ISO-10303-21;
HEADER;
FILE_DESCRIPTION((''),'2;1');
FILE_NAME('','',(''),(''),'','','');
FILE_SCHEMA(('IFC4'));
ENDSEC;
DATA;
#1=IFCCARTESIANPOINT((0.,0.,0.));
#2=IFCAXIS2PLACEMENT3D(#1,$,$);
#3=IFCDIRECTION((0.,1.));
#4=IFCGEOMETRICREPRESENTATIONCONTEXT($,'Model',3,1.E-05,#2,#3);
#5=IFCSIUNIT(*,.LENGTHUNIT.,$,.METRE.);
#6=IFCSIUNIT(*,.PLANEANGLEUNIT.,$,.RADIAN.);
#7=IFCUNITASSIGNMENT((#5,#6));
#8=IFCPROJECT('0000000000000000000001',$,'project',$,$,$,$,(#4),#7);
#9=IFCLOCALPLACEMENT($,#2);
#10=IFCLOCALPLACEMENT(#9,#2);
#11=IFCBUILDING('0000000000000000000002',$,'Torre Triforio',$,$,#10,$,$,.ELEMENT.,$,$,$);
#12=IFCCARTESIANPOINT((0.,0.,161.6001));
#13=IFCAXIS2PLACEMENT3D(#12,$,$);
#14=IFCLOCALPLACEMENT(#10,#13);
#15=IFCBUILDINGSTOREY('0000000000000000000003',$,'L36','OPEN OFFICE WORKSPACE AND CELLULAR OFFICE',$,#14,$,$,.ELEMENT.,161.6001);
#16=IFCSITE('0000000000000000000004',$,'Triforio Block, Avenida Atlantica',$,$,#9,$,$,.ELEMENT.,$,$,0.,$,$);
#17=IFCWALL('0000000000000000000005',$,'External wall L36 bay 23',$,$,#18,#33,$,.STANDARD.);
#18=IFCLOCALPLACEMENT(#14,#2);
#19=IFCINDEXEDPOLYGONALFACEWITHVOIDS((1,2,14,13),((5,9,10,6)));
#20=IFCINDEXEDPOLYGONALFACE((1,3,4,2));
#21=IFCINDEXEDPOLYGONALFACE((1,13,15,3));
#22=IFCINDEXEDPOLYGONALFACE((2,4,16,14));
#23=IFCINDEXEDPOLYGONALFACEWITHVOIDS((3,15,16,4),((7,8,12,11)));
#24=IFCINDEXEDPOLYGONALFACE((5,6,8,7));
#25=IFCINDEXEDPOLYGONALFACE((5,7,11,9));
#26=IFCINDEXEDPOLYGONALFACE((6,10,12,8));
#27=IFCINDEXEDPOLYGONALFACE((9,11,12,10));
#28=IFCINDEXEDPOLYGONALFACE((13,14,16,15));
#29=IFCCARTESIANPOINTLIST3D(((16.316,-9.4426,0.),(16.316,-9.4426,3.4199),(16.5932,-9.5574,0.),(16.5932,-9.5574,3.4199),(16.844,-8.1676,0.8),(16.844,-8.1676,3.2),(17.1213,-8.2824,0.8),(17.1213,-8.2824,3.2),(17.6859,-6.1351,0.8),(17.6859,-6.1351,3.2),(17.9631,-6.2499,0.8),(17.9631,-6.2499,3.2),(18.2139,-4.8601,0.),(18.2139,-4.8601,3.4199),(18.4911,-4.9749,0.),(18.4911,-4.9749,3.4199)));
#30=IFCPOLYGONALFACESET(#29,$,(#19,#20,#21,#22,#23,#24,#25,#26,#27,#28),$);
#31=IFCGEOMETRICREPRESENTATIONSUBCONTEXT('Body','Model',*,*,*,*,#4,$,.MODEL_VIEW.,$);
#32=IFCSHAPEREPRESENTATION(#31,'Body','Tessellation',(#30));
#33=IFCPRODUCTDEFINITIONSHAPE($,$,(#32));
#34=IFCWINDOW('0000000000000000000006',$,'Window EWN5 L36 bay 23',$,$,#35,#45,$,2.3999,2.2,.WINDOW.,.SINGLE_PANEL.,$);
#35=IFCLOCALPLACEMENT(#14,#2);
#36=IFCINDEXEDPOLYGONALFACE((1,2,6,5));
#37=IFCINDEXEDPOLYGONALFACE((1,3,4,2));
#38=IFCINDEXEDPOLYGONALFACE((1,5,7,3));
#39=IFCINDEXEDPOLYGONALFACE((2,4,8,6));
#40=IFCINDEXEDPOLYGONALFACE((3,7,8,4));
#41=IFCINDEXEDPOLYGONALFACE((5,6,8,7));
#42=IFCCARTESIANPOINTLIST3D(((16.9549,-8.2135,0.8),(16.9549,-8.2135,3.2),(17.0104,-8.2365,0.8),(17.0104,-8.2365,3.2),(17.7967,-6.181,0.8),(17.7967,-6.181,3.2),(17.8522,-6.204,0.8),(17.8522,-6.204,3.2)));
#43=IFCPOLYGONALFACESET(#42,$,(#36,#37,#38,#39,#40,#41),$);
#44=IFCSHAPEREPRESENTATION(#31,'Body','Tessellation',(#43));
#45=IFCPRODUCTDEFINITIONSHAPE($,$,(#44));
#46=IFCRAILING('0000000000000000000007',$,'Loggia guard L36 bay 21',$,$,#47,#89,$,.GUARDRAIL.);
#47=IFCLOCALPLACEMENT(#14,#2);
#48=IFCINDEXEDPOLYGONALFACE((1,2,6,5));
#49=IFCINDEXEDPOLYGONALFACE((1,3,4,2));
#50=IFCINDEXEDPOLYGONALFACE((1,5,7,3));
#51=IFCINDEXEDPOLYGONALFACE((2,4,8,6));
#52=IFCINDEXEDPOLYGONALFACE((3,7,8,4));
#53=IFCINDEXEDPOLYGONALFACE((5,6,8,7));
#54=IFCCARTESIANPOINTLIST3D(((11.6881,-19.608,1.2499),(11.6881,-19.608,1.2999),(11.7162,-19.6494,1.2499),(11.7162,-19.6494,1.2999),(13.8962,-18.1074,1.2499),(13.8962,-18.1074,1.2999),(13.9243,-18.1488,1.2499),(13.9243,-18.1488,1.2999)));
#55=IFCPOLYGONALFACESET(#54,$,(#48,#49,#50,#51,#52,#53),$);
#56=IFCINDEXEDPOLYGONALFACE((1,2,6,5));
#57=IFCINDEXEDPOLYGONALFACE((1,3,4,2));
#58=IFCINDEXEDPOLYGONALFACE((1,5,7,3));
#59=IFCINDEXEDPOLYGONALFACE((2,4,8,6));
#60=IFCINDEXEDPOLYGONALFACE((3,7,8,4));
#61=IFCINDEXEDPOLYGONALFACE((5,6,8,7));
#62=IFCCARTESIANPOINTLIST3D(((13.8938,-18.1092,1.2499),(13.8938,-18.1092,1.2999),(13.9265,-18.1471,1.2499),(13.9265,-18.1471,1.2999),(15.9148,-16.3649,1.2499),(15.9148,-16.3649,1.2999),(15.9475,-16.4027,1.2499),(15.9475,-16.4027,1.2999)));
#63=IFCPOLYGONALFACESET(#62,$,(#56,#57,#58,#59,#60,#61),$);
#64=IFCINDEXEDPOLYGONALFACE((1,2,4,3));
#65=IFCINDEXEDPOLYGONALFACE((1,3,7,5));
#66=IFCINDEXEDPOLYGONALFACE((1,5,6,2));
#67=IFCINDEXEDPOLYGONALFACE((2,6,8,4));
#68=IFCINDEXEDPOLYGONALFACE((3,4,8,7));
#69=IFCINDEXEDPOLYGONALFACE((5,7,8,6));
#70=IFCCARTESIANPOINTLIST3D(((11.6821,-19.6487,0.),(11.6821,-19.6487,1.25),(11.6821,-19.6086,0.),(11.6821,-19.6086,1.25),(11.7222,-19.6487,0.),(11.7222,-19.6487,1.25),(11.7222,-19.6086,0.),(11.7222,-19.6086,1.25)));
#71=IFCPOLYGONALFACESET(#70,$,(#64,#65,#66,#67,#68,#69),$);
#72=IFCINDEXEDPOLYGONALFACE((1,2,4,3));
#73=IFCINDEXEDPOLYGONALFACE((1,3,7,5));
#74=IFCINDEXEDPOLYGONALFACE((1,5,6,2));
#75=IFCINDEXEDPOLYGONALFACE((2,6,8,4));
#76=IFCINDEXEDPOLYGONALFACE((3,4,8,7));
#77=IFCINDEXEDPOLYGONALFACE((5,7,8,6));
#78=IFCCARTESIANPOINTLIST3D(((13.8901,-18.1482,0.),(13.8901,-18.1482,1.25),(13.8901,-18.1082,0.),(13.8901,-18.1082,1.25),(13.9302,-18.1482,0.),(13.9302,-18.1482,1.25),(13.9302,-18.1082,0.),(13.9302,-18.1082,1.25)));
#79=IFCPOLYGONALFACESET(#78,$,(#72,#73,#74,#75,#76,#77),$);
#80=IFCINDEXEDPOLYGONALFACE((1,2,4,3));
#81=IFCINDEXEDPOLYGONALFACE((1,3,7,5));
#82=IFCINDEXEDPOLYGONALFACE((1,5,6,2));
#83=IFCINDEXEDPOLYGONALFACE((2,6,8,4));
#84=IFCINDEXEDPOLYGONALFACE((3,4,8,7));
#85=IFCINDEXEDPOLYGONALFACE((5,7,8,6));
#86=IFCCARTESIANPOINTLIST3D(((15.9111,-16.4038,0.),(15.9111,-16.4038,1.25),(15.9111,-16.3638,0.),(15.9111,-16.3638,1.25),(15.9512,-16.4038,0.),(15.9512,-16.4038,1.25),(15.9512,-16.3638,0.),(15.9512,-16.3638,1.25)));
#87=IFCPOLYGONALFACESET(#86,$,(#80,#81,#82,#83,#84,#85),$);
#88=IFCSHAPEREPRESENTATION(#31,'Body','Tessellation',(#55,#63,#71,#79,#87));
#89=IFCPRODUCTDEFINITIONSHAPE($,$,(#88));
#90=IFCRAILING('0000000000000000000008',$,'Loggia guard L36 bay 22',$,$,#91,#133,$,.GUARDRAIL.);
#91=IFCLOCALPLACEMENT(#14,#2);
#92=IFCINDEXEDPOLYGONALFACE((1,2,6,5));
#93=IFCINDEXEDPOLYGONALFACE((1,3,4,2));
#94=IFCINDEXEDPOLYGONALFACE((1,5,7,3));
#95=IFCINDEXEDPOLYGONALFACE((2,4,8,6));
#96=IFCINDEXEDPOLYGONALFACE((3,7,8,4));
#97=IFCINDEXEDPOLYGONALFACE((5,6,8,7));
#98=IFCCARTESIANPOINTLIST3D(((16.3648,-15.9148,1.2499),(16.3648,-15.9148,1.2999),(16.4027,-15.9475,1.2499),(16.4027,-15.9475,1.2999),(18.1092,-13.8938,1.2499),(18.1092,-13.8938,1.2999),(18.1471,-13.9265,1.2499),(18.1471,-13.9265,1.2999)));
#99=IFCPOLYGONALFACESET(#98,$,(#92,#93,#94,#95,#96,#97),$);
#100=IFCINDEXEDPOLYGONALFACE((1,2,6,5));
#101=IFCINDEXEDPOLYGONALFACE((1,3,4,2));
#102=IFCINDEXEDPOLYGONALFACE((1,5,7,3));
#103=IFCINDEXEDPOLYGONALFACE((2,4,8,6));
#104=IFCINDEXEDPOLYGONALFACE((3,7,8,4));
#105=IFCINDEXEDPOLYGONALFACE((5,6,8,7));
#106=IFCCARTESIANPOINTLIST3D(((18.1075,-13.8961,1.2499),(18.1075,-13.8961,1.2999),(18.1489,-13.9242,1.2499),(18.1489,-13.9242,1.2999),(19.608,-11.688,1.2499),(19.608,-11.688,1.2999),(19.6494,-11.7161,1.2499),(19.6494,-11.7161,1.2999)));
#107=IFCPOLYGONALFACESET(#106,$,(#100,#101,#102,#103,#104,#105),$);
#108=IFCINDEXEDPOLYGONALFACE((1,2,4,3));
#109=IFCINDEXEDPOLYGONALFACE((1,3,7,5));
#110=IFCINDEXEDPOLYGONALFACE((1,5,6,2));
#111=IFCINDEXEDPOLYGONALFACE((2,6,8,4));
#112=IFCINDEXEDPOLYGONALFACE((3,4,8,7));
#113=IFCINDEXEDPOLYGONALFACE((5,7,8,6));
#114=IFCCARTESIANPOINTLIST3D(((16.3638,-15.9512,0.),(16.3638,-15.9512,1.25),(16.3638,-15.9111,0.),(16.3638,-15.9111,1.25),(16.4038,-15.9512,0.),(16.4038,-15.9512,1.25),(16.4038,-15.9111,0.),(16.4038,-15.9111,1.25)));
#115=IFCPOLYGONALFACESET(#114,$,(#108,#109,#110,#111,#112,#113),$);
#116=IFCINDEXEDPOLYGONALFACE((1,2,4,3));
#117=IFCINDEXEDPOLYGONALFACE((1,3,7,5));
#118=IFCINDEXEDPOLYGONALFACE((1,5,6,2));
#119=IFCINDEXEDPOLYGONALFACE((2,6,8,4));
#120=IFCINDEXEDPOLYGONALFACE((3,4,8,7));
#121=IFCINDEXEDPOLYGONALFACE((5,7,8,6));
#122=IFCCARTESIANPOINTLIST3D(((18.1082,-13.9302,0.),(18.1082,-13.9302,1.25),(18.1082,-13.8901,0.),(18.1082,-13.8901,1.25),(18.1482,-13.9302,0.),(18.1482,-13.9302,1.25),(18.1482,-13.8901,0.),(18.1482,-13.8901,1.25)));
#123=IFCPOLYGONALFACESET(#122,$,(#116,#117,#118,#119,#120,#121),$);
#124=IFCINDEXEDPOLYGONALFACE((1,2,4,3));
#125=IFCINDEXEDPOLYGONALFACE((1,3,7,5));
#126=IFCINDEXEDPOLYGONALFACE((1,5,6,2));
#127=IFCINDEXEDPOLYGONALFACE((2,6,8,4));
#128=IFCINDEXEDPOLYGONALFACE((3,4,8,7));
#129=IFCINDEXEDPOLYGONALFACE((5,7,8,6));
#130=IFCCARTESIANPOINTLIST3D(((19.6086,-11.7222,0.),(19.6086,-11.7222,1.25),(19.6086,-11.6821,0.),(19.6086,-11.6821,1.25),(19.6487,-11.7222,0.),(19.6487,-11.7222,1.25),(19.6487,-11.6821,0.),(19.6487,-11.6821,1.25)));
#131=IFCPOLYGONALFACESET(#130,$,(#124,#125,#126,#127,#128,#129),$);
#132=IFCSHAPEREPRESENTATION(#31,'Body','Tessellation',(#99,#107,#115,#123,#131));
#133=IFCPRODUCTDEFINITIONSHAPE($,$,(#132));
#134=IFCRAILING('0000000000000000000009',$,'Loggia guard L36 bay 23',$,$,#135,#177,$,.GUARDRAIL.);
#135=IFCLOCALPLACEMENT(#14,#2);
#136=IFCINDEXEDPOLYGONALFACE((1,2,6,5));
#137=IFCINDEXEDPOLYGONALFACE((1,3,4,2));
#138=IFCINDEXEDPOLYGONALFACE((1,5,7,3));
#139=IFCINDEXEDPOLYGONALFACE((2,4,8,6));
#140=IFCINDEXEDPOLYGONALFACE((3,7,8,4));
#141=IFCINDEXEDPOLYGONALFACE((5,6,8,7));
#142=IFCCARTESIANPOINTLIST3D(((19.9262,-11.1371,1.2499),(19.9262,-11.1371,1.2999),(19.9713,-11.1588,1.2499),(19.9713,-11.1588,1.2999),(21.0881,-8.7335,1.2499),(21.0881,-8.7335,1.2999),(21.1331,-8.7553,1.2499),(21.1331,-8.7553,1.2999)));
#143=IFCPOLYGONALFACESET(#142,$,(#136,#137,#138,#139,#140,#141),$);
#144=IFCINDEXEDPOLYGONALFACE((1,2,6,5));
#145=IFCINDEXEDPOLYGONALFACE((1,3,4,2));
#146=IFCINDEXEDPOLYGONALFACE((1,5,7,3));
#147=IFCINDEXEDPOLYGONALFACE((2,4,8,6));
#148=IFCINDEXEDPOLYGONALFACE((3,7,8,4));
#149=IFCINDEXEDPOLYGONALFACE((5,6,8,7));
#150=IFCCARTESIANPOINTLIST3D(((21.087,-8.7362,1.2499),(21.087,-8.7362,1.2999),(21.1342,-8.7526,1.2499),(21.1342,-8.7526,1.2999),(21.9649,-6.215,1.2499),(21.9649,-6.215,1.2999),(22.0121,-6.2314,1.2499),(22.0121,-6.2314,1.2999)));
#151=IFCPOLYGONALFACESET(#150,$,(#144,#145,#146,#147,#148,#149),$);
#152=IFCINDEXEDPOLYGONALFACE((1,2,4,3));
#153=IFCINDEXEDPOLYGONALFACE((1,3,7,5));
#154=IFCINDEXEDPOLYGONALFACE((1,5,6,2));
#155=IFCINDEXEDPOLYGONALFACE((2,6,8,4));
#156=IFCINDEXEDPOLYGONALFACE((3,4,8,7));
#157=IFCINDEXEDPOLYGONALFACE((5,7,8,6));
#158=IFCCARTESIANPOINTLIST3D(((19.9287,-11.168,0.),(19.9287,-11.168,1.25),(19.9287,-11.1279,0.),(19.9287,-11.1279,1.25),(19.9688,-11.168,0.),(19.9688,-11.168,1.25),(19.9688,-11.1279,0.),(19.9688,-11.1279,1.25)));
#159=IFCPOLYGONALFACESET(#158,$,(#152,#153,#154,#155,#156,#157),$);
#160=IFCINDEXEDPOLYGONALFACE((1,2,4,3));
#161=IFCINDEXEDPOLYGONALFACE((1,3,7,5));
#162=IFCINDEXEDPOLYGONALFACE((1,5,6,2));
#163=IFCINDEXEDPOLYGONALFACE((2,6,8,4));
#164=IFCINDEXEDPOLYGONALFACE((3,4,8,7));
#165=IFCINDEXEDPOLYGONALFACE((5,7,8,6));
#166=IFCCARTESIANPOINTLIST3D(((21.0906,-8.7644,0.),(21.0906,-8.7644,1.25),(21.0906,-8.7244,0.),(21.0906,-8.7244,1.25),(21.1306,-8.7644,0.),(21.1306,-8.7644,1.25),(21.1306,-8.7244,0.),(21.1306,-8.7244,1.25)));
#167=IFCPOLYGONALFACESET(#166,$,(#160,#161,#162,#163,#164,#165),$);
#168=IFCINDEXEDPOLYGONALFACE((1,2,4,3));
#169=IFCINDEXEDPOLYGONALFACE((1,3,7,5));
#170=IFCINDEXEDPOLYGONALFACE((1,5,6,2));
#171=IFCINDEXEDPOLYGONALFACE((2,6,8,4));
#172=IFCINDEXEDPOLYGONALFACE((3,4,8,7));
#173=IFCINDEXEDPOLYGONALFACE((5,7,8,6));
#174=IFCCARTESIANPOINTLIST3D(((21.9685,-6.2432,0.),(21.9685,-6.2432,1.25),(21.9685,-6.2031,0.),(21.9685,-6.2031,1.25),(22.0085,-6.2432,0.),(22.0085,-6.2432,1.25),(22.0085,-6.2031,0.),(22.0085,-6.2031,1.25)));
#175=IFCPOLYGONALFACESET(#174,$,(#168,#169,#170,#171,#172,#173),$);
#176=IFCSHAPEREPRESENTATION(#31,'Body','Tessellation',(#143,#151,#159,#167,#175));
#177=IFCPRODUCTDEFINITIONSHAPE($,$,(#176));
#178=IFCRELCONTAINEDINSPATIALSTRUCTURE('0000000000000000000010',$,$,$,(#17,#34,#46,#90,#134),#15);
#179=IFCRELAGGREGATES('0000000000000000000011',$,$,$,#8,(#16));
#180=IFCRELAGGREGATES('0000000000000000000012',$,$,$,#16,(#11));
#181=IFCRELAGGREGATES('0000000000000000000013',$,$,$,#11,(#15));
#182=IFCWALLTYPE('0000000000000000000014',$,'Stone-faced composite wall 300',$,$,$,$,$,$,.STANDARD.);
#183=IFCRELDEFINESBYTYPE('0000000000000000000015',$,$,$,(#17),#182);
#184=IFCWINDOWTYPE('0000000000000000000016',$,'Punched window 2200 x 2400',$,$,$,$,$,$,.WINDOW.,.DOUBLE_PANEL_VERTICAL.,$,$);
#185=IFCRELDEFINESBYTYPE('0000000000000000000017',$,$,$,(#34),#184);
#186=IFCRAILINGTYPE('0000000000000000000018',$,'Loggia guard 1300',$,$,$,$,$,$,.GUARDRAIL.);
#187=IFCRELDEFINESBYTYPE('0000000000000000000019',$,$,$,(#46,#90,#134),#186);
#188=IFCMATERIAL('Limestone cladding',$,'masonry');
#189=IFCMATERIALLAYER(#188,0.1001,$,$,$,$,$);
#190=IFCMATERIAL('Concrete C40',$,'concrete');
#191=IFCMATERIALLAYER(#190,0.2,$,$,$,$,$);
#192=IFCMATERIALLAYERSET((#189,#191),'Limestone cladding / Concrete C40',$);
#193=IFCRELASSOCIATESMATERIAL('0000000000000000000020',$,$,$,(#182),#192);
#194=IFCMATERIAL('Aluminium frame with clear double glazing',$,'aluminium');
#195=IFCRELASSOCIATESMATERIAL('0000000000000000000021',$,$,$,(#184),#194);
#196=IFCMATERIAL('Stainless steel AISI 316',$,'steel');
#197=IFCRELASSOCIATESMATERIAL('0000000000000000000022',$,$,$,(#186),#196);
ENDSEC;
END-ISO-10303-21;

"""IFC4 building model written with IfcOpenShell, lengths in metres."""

from ifc_helpers import new_model, si_unit, direction, frame, frame_2d, origin, origin_2d, place, context, subcontext, project, spatial, rectangle, extrude, material, layer, layer_set, type_object, element, fill, save


model = new_model("IFC4")

# Units and contexts
model_context = context("Model", 3, precision=1e-05, world=origin(), true_north=direction((0.0, 1.0)))
body_context = subcontext(model_context, "Body", "Model", "MODEL_VIEW")
ifc_project = project(units=[si_unit("LENGTHUNIT", "METRE"), si_unit("PLANEANGLEUNIT", "RADIAN")], contexts=[model_context])

# Site, building, storey
site_placement = place(None, origin())
site = spatial("IfcSite", under=ifc_project, at=site_placement, Name="Triforio Block, Avenida Atlantica", CompositionType="ELEMENT", RefElevation=0.0)
building_placement = place(site_placement, origin())
building = spatial("IfcBuilding", under=site, at=building_placement, Name="Torre Triforio", CompositionType="ELEMENT")
storey_placement = place(building_placement, frame((0.0, 0.0, 161.6001)))
storey = spatial("IfcBuildingStorey", under=building, at=storey_placement, Name="L36", Description="OPEN OFFICE WORKSPACE AND CELLULAR OFFICE", CompositionType="ELEMENT", Elevation=161.6001)

# Shared definitions
ifc_material_1 = material(Name="Concrete C40", Category="concrete")

# Shared definitions
ifc_material_2 = material(Name="Limestone cladding", Category="masonry")

# Shared definitions
ifc_layer_1 = layer(ifc_material_2, 0.1001)
ifc_layer_2 = layer(ifc_material_1, 0.2)
ifc_layer_set_1 = layer_set([ifc_layer_1, ifc_layer_2], Name="Limestone cladding / Concrete C40")
wall_type_1 = type_object("IfcWallType", Name="Stone-faced composite wall 300", PredefinedType="STANDARD", material=ifc_layer_set_1)
ifc_material_3 = material(Name="Aluminium frame with clear double glazing", Category="aluminium")
window_type_1 = type_object("IfcWindowType", Name="Punched window 2200 x 2400", PartitioningType="DOUBLE_PANEL_VERTICAL", PredefinedType="WINDOW", material=ifc_material_3)

# Wall, opening, window
wall_1_placement = place(storey_placement, frame((16.4546, -9.5, 0.0), z_axis=(0.0, 0.0, 1.0), x_axis=(0.38265, 0.923893, 0.0)))
wall_1 = element("IfcWall", 1, at=wall_1_placement, inside=storey, type_object=wall_type_1, Name="External wall L36 bay 23", PredefinedType="STANDARD", context=body_context, shape_type="SweptSolid", body=[
    extrude(rectangle(XDim=4.96, YDim=0.3, at=frame_2d((2.48, 0.0))), origin(), (0.0, 0.0, 1.0), 3.4199),
])
opening_1_placement = place(wall_1_placement, frame((1.3799, 0.0, 0.8)))
opening_1 = element("IfcOpeningElement", 2, at=opening_1_placement, cuts=wall_1, PredefinedType="OPENING", context=body_context, shape_type="SweptSolid", body=[
    extrude(rectangle(XDim=2.2, YDim=2.3999, at=frame_2d((1.1001, 1.2))), frame((0.0, 0.1599, 0.0), z_axis=(0.0, -1.0, 0.0), x_axis=(1.0, 0.0, 0.0)), (0.0, 0.0, 1.0), 0.3201),
])
window_1_placement = place(opening_1_placement, origin())
window_1 = element("IfcWindow", 3, at=window_1_placement, inside=storey, type_object=window_type_1, Name="Window EWN5 L36 bay 23", OverallHeight=2.3999, OverallWidth=2.2, PartitioningType="SINGLE_PANEL", PredefinedType="WINDOW", context=body_context, shape_type="SweptSolid", body=[
    extrude(rectangle(XDim=2.2, YDim=2.3999, at=frame_2d((1.1001, 1.2))), frame((0.0, 0.03, 0.0), z_axis=(0.0, -1.0, 0.0), x_axis=(1.0, 0.0, 0.0)), (0.0, 0.0, 1.0), 0.0601),
])
fill(opening_1, window_1)

# Railings
ifc_material_4 = material(Name="Stainless steel AISI 316", Category="steel")
railing_type = type_object("IfcRailingType", Name="Loggia guard 1300", PredefinedType="GUARDRAIL", material=ifc_material_4)
railing_1_placement = place(storey_placement, frame((11.7021, -19.6287, 0.0)))
element("IfcRailing", 4, at=railing_1_placement, inside=storey, type_object=railing_type, Name="Loggia guard L36 bay 21", PredefinedType="GUARDRAIL", context=body_context, shape_type="SweptSolid", body=[
    extrude(rectangle(XDim=0.05, YDim=0.05, at=origin_2d()), frame((0.0, 0.0, 1.2749), z_axis=(0.827093, 0.562065, 0.0), x_axis=(-0.562065, 0.827093, 0.0)), (0.0, 0.0, 1.0), 2.6697),
    extrude(rectangle(XDim=0.05, YDim=0.05, at=origin_2d()), frame((2.208, 1.5005, 1.2749), z_axis=(0.757012, 0.653401, 0.0), x_axis=(-0.653401, 0.757012, 0.0)), (0.0, 0.0, 1.0), 2.6697),
    extrude(rectangle(XDim=0.04, YDim=0.04, at=origin_2d()), origin(), (0.0, 0.0, 1.0), 1.25),
    extrude(rectangle(XDim=0.04, YDim=0.04, at=origin_2d()), frame((2.208, 1.5005, 0.0)), (0.0, 0.0, 1.0), 1.25),
    extrude(rectangle(XDim=0.04, YDim=0.04, at=origin_2d()), frame((4.229, 3.2449, 0.0)), (0.0, 0.0, 1.0), 1.25),
])
railing_2_placement = place(storey_placement, frame((16.3838, -15.9312, 0.0)))
element("IfcRailing", 5, at=railing_2_placement, inside=storey, type_object=railing_type, Name="Loggia guard L36 bay 22", PredefinedType="GUARDRAIL", context=body_context, shape_type="SweptSolid", body=[
    extrude(rectangle(XDim=0.05, YDim=0.05, at=origin_2d()), frame((0.0, 0.0, 1.2749), z_axis=(0.653401, 0.757012, 0.0), x_axis=(-0.757012, 0.653401, 0.0)), (0.0, 0.0, 1.0), 2.6697),
    extrude(rectangle(XDim=0.05, YDim=0.05, at=origin_2d()), frame((1.7444, 2.021, 1.2749), z_axis=(0.562065, 0.827093, 0.0), x_axis=(-0.827093, 0.562065, 0.0)), (0.0, 0.0, 1.0), 2.6697),
    extrude(rectangle(XDim=0.04, YDim=0.04, at=origin_2d()), origin(), (0.0, 0.0, 1.0), 1.25),
    extrude(rectangle(XDim=0.04, YDim=0.04, at=origin_2d()), frame((1.7444, 2.021, 0.0)), (0.0, 0.0, 1.0), 1.25),
    extrude(rectangle(XDim=0.04, YDim=0.04, at=origin_2d()), frame((3.2449, 4.229, 0.0)), (0.0, 0.0, 1.0), 1.25),
])
railing_3_placement = place(storey_placement, frame((19.9487, -11.1479, 0.0)))
element("IfcRailing", 6, at=railing_3_placement, inside=storey, type_object=railing_type, Name="Loggia guard L36 bay 23", PredefinedType="GUARDRAIL", context=body_context, shape_type="SweptSolid", body=[
    extrude(rectangle(XDim=0.05, YDim=0.05, at=origin_2d()), frame((0.0, 0.0, 1.2749), z_axis=(0.435212, 0.900328, 0.0), x_axis=(-0.900328, 0.435212, 0.0)), (0.0, 0.0, 1.0), 2.6697),
    extrude(rectangle(XDim=0.05, YDim=0.05, at=origin_2d()), frame((1.1619, 2.4036, 1.2749), z_axis=(0.328847, 0.944383, 0.0), x_axis=(-0.944383, 0.328847, 0.0)), (0.0, 0.0, 1.0), 2.6697),
    extrude(rectangle(XDim=0.04, YDim=0.04, at=origin_2d()), origin(), (0.0, 0.0, 1.0), 1.25),
    extrude(rectangle(XDim=0.04, YDim=0.04, at=origin_2d()), frame((1.1619, 2.4036, 0.0)), (0.0, 0.0, 1.0), 1.25),
    extrude(rectangle(XDim=0.04, YDim=0.04, at=origin_2d()), frame((2.0398, 4.9248, 0.0)), (0.0, 0.0, 1.0), 1.25),
])

save(model, "model.ifc")
